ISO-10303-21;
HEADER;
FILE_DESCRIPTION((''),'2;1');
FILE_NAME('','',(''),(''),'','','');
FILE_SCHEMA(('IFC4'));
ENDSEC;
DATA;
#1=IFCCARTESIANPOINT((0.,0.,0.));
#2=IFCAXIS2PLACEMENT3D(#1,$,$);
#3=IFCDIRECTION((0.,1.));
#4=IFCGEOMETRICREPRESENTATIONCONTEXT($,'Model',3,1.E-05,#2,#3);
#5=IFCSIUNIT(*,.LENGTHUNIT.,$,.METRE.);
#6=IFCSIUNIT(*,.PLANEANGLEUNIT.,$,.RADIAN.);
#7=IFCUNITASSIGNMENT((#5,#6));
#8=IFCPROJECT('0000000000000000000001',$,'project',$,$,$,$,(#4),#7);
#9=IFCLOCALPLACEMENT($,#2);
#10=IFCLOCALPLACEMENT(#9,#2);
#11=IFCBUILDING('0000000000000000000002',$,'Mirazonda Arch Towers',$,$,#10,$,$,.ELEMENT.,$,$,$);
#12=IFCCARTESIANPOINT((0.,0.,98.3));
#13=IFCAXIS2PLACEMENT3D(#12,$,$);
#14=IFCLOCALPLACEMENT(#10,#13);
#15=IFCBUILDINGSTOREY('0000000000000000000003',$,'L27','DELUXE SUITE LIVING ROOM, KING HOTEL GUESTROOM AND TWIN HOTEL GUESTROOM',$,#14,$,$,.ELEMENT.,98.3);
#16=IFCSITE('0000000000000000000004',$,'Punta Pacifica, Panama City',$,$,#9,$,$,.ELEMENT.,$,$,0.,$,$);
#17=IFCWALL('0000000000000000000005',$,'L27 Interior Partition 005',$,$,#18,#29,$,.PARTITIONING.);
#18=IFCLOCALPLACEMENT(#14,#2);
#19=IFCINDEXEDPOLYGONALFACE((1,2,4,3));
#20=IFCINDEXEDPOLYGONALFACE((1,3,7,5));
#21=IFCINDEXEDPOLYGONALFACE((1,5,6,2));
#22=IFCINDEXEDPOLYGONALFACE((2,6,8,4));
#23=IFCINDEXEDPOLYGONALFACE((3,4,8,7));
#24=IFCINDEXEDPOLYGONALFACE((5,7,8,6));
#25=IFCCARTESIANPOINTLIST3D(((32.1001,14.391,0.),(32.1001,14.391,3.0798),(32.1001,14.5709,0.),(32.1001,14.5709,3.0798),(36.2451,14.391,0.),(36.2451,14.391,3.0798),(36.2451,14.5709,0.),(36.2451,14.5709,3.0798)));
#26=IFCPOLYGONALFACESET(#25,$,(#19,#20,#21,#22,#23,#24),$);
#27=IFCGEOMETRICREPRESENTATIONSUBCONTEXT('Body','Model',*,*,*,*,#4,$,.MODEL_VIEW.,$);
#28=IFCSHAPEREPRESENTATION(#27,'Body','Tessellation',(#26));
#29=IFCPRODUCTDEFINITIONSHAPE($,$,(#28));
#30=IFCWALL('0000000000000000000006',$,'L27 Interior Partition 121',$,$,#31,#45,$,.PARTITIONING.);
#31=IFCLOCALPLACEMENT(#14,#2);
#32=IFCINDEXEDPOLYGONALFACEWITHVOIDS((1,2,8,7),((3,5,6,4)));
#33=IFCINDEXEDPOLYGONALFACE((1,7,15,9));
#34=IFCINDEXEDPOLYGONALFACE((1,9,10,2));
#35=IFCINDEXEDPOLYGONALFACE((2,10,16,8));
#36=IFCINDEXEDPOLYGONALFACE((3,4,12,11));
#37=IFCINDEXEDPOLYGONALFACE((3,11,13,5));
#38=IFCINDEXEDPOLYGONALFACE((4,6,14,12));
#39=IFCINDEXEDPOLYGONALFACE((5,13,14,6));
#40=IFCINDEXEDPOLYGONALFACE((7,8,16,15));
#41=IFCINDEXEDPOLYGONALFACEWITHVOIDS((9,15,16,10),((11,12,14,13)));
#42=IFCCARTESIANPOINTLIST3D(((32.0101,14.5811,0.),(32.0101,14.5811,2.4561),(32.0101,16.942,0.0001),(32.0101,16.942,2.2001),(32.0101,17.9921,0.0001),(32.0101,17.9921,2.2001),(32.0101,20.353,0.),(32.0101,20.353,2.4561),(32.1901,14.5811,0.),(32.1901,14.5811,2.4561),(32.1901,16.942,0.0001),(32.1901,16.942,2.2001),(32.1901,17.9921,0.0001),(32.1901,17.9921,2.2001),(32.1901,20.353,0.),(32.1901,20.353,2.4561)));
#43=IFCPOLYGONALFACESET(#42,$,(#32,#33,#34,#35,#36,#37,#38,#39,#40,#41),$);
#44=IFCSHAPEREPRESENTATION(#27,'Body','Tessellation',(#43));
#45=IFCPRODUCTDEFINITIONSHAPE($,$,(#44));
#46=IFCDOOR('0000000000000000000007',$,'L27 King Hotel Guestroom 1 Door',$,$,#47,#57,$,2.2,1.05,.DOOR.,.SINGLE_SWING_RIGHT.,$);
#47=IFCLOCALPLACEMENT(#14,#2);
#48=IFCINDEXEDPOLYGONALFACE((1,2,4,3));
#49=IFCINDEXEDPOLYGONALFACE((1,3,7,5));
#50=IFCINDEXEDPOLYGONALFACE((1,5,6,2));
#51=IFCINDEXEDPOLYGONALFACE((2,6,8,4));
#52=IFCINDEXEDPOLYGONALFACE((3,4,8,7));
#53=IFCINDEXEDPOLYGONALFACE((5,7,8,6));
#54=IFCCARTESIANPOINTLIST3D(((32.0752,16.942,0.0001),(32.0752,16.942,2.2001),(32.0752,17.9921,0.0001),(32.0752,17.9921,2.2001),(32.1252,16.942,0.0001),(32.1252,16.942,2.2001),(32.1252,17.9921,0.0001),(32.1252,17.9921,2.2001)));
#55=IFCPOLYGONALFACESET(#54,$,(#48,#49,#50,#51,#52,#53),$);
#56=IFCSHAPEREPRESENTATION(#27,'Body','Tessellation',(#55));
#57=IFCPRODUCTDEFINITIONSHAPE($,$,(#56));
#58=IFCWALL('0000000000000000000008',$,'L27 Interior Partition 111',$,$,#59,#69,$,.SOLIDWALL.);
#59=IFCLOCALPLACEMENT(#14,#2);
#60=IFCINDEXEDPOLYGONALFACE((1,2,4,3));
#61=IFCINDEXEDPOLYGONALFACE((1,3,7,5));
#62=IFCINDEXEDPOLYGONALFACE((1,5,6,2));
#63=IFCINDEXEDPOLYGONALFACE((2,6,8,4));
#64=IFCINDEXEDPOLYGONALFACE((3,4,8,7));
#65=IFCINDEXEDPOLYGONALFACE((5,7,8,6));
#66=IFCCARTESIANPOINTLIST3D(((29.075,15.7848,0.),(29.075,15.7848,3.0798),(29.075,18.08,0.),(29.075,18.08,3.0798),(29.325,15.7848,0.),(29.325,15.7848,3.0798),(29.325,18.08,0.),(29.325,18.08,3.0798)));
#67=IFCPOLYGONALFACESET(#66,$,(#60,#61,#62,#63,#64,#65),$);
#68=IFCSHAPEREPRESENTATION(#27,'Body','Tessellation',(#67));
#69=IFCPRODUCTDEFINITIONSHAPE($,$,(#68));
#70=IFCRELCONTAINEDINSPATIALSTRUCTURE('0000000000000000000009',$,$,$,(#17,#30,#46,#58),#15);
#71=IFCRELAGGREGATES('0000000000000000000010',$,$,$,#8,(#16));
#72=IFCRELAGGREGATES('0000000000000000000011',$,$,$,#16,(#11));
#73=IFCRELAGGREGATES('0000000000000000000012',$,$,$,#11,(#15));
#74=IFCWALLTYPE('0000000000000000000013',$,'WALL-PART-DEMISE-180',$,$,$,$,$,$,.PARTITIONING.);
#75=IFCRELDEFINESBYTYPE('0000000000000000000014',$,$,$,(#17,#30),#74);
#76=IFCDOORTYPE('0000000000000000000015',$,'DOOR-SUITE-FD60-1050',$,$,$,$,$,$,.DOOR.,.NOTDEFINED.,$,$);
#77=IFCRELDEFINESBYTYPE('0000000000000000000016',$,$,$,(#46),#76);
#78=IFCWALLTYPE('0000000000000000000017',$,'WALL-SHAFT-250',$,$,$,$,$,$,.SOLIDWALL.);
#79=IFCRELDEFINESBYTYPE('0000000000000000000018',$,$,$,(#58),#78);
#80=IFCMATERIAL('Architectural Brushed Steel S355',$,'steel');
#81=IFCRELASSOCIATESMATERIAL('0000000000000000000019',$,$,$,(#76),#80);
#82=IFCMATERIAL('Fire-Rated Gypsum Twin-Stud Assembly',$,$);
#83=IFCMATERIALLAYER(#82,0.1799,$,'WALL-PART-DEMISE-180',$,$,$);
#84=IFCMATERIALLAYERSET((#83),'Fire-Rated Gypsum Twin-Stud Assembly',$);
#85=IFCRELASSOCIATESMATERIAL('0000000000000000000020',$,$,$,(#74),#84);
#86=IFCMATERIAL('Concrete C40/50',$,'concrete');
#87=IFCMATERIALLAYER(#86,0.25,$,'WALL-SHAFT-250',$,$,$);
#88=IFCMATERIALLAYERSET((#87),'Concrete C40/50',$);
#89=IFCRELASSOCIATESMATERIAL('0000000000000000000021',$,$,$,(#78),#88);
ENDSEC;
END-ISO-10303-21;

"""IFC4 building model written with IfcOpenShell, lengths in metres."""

from ifc_helpers import new_model, si_unit, direction, frame, frame_2d, origin, place, context, subcontext, project, spatial, rectangle, extrude, material, layer, layer_set, type_object, element, fill, save


model = new_model("IFC4")

# Units and contexts
model_context = context("Model", 3, precision=1e-05, world=origin(), true_north=direction((0.0, 1.0)))
body_context = subcontext(model_context, "Body", "Model", "MODEL_VIEW")
ifc_project = project(units=[si_unit("LENGTHUNIT", "METRE"), si_unit("PLANEANGLEUNIT", "RADIAN")], contexts=[model_context])

# Site, building, storey
site_placement = place(None, origin())
site = spatial("IfcSite", under=ifc_project, at=site_placement, Name="Punta Pacifica, Panama City", CompositionType="ELEMENT", RefElevation=0.0)
building_placement = place(site_placement, origin())
building = spatial("IfcBuilding", under=site, at=building_placement, Name="Mirazonda Arch Towers", CompositionType="ELEMENT")
storey_placement = place(building_placement, frame((0.0, 0.0, 98.3)))
storey = spatial("IfcBuildingStorey", under=building, at=storey_placement, Name="L27", Description="DELUXE SUITE LIVING ROOM, KING HOTEL GUESTROOM AND TWIN HOTEL GUESTROOM", CompositionType="ELEMENT", Elevation=98.3)

# Shared definitions
ifc_material_1 = material(Name="Architectural Brushed Steel S355", Category="steel")
door_type_1 = type_object("IfcDoorType", Name="DOOR-SUITE-FD60-1050", OperationType="NOTDEFINED", PredefinedType="DOOR", material=ifc_material_1)

# Wall
ifc_material_2 = material(Name="Fire-Rated Gypsum Twin-Stud Assembly")
ifc_layer_1 = layer(ifc_material_2, 0.1799, Name="WALL-PART-DEMISE-180")
ifc_layer_set_1 = layer_set([ifc_layer_1], Name="Fire-Rated Gypsum Twin-Stud Assembly")
wall_type_1 = type_object("IfcWallType", Name="WALL-PART-DEMISE-180", PredefinedType="PARTITIONING", material=ifc_layer_set_1)
wall_1_placement = place(storey_placement, frame((32.1001, 14.481, 0.0), z_axis=(0.0, 0.0, 1.0), x_axis=(1.0, 0.0, 0.0)))
element("IfcWall", 1, at=wall_1_placement, inside=storey, type_object=wall_type_1, Name="L27 Interior Partition 005", PredefinedType="PARTITIONING", context=body_context, shape_type="SweptSolid", body=[
    extrude(rectangle(XDim=4.145, YDim=0.1799, at=frame_2d((2.0725, 0.0))), origin(), (0.0, 0.0, 1.0), 3.0798),
])

# Wall, opening, door
wall_2_placement = place(storey_placement, frame((32.1001, 14.5811, 0.0), z_axis=(0.0, 0.0, 1.0), x_axis=(0.0, 1.0, 0.0)))
wall_2 = element("IfcWall", 2, at=wall_2_placement, inside=storey, type_object=wall_type_1, Name="L27 Interior Partition 121", PredefinedType="PARTITIONING", context=body_context, shape_type="SweptSolid", body=[
    extrude(rectangle(XDim=5.772, YDim=0.1799, at=frame_2d((2.886, 0.0))), origin(), (0.0, 0.0, 1.0), 2.4561),
])
opening_1_placement = place(wall_2_placement, frame((2.3611, 0.0, 0.0)))
opening_1 = element("IfcOpeningElement", 3, at=opening_1_placement, cuts=wall_2, PredefinedType="OPENING", context=body_context, shape_type="SweptSolid", body=[
    extrude(rectangle(XDim=1.05, YDim=2.2, at=frame_2d((0.5249, 1.1001))), frame((0.0, 0.0999, 0.0), z_axis=(0.0, -1.0, 0.0), x_axis=(1.0, 0.0, 0.0)), (0.0, 0.0, 1.0), 0.2),
])
door_1_placement = place(opening_1_placement, origin())
door_1 = element("IfcDoor", 4, at=door_1_placement, inside=storey, type_object=door_type_1, Name="L27 King Hotel Guestroom 1 Door", OperationType="SINGLE_SWING_RIGHT", OverallHeight=2.2, OverallWidth=1.05, PredefinedType="DOOR", context=body_context, shape_type="SweptSolid", body=[
    extrude(rectangle(XDim=1.05, YDim=2.2, at=frame_2d((0.5249, 1.1001))), frame((0.0, 0.0249, 0.0), z_axis=(0.0, -1.0, 0.0), x_axis=(1.0, 0.0, 0.0)), (0.0, 0.0, 1.0), 0.05),
])
fill(opening_1, door_1)

# Wall
ifc_material_3 = material(Name="Concrete C40/50", Category="concrete")
ifc_layer_2 = layer(ifc_material_3, 0.25, Name="WALL-SHAFT-250")
ifc_layer_set_2 = layer_set([ifc_layer_2], Name="Concrete C40/50")
wall_type_2 = type_object("IfcWallType", Name="WALL-SHAFT-250", PredefinedType="SOLIDWALL", material=ifc_layer_set_2)
wall_3_placement = place(storey_placement, frame((29.2, 15.7849, 0.0), z_axis=(0.0, 0.0, 1.0), x_axis=(0.0, 1.0, 0.0)))
element("IfcWall", 5, at=wall_3_placement, inside=storey, type_object=wall_type_2, Name="L27 Interior Partition 111", PredefinedType="SOLIDWALL", context=body_context, shape_type="SweptSolid", body=[
    extrude(rectangle(XDim=2.2952, YDim=0.25, at=frame_2d((1.1475, 0.0))), origin(), (0.0, 0.0, 1.0), 3.0798),
])

save(model, "model.ifc")
